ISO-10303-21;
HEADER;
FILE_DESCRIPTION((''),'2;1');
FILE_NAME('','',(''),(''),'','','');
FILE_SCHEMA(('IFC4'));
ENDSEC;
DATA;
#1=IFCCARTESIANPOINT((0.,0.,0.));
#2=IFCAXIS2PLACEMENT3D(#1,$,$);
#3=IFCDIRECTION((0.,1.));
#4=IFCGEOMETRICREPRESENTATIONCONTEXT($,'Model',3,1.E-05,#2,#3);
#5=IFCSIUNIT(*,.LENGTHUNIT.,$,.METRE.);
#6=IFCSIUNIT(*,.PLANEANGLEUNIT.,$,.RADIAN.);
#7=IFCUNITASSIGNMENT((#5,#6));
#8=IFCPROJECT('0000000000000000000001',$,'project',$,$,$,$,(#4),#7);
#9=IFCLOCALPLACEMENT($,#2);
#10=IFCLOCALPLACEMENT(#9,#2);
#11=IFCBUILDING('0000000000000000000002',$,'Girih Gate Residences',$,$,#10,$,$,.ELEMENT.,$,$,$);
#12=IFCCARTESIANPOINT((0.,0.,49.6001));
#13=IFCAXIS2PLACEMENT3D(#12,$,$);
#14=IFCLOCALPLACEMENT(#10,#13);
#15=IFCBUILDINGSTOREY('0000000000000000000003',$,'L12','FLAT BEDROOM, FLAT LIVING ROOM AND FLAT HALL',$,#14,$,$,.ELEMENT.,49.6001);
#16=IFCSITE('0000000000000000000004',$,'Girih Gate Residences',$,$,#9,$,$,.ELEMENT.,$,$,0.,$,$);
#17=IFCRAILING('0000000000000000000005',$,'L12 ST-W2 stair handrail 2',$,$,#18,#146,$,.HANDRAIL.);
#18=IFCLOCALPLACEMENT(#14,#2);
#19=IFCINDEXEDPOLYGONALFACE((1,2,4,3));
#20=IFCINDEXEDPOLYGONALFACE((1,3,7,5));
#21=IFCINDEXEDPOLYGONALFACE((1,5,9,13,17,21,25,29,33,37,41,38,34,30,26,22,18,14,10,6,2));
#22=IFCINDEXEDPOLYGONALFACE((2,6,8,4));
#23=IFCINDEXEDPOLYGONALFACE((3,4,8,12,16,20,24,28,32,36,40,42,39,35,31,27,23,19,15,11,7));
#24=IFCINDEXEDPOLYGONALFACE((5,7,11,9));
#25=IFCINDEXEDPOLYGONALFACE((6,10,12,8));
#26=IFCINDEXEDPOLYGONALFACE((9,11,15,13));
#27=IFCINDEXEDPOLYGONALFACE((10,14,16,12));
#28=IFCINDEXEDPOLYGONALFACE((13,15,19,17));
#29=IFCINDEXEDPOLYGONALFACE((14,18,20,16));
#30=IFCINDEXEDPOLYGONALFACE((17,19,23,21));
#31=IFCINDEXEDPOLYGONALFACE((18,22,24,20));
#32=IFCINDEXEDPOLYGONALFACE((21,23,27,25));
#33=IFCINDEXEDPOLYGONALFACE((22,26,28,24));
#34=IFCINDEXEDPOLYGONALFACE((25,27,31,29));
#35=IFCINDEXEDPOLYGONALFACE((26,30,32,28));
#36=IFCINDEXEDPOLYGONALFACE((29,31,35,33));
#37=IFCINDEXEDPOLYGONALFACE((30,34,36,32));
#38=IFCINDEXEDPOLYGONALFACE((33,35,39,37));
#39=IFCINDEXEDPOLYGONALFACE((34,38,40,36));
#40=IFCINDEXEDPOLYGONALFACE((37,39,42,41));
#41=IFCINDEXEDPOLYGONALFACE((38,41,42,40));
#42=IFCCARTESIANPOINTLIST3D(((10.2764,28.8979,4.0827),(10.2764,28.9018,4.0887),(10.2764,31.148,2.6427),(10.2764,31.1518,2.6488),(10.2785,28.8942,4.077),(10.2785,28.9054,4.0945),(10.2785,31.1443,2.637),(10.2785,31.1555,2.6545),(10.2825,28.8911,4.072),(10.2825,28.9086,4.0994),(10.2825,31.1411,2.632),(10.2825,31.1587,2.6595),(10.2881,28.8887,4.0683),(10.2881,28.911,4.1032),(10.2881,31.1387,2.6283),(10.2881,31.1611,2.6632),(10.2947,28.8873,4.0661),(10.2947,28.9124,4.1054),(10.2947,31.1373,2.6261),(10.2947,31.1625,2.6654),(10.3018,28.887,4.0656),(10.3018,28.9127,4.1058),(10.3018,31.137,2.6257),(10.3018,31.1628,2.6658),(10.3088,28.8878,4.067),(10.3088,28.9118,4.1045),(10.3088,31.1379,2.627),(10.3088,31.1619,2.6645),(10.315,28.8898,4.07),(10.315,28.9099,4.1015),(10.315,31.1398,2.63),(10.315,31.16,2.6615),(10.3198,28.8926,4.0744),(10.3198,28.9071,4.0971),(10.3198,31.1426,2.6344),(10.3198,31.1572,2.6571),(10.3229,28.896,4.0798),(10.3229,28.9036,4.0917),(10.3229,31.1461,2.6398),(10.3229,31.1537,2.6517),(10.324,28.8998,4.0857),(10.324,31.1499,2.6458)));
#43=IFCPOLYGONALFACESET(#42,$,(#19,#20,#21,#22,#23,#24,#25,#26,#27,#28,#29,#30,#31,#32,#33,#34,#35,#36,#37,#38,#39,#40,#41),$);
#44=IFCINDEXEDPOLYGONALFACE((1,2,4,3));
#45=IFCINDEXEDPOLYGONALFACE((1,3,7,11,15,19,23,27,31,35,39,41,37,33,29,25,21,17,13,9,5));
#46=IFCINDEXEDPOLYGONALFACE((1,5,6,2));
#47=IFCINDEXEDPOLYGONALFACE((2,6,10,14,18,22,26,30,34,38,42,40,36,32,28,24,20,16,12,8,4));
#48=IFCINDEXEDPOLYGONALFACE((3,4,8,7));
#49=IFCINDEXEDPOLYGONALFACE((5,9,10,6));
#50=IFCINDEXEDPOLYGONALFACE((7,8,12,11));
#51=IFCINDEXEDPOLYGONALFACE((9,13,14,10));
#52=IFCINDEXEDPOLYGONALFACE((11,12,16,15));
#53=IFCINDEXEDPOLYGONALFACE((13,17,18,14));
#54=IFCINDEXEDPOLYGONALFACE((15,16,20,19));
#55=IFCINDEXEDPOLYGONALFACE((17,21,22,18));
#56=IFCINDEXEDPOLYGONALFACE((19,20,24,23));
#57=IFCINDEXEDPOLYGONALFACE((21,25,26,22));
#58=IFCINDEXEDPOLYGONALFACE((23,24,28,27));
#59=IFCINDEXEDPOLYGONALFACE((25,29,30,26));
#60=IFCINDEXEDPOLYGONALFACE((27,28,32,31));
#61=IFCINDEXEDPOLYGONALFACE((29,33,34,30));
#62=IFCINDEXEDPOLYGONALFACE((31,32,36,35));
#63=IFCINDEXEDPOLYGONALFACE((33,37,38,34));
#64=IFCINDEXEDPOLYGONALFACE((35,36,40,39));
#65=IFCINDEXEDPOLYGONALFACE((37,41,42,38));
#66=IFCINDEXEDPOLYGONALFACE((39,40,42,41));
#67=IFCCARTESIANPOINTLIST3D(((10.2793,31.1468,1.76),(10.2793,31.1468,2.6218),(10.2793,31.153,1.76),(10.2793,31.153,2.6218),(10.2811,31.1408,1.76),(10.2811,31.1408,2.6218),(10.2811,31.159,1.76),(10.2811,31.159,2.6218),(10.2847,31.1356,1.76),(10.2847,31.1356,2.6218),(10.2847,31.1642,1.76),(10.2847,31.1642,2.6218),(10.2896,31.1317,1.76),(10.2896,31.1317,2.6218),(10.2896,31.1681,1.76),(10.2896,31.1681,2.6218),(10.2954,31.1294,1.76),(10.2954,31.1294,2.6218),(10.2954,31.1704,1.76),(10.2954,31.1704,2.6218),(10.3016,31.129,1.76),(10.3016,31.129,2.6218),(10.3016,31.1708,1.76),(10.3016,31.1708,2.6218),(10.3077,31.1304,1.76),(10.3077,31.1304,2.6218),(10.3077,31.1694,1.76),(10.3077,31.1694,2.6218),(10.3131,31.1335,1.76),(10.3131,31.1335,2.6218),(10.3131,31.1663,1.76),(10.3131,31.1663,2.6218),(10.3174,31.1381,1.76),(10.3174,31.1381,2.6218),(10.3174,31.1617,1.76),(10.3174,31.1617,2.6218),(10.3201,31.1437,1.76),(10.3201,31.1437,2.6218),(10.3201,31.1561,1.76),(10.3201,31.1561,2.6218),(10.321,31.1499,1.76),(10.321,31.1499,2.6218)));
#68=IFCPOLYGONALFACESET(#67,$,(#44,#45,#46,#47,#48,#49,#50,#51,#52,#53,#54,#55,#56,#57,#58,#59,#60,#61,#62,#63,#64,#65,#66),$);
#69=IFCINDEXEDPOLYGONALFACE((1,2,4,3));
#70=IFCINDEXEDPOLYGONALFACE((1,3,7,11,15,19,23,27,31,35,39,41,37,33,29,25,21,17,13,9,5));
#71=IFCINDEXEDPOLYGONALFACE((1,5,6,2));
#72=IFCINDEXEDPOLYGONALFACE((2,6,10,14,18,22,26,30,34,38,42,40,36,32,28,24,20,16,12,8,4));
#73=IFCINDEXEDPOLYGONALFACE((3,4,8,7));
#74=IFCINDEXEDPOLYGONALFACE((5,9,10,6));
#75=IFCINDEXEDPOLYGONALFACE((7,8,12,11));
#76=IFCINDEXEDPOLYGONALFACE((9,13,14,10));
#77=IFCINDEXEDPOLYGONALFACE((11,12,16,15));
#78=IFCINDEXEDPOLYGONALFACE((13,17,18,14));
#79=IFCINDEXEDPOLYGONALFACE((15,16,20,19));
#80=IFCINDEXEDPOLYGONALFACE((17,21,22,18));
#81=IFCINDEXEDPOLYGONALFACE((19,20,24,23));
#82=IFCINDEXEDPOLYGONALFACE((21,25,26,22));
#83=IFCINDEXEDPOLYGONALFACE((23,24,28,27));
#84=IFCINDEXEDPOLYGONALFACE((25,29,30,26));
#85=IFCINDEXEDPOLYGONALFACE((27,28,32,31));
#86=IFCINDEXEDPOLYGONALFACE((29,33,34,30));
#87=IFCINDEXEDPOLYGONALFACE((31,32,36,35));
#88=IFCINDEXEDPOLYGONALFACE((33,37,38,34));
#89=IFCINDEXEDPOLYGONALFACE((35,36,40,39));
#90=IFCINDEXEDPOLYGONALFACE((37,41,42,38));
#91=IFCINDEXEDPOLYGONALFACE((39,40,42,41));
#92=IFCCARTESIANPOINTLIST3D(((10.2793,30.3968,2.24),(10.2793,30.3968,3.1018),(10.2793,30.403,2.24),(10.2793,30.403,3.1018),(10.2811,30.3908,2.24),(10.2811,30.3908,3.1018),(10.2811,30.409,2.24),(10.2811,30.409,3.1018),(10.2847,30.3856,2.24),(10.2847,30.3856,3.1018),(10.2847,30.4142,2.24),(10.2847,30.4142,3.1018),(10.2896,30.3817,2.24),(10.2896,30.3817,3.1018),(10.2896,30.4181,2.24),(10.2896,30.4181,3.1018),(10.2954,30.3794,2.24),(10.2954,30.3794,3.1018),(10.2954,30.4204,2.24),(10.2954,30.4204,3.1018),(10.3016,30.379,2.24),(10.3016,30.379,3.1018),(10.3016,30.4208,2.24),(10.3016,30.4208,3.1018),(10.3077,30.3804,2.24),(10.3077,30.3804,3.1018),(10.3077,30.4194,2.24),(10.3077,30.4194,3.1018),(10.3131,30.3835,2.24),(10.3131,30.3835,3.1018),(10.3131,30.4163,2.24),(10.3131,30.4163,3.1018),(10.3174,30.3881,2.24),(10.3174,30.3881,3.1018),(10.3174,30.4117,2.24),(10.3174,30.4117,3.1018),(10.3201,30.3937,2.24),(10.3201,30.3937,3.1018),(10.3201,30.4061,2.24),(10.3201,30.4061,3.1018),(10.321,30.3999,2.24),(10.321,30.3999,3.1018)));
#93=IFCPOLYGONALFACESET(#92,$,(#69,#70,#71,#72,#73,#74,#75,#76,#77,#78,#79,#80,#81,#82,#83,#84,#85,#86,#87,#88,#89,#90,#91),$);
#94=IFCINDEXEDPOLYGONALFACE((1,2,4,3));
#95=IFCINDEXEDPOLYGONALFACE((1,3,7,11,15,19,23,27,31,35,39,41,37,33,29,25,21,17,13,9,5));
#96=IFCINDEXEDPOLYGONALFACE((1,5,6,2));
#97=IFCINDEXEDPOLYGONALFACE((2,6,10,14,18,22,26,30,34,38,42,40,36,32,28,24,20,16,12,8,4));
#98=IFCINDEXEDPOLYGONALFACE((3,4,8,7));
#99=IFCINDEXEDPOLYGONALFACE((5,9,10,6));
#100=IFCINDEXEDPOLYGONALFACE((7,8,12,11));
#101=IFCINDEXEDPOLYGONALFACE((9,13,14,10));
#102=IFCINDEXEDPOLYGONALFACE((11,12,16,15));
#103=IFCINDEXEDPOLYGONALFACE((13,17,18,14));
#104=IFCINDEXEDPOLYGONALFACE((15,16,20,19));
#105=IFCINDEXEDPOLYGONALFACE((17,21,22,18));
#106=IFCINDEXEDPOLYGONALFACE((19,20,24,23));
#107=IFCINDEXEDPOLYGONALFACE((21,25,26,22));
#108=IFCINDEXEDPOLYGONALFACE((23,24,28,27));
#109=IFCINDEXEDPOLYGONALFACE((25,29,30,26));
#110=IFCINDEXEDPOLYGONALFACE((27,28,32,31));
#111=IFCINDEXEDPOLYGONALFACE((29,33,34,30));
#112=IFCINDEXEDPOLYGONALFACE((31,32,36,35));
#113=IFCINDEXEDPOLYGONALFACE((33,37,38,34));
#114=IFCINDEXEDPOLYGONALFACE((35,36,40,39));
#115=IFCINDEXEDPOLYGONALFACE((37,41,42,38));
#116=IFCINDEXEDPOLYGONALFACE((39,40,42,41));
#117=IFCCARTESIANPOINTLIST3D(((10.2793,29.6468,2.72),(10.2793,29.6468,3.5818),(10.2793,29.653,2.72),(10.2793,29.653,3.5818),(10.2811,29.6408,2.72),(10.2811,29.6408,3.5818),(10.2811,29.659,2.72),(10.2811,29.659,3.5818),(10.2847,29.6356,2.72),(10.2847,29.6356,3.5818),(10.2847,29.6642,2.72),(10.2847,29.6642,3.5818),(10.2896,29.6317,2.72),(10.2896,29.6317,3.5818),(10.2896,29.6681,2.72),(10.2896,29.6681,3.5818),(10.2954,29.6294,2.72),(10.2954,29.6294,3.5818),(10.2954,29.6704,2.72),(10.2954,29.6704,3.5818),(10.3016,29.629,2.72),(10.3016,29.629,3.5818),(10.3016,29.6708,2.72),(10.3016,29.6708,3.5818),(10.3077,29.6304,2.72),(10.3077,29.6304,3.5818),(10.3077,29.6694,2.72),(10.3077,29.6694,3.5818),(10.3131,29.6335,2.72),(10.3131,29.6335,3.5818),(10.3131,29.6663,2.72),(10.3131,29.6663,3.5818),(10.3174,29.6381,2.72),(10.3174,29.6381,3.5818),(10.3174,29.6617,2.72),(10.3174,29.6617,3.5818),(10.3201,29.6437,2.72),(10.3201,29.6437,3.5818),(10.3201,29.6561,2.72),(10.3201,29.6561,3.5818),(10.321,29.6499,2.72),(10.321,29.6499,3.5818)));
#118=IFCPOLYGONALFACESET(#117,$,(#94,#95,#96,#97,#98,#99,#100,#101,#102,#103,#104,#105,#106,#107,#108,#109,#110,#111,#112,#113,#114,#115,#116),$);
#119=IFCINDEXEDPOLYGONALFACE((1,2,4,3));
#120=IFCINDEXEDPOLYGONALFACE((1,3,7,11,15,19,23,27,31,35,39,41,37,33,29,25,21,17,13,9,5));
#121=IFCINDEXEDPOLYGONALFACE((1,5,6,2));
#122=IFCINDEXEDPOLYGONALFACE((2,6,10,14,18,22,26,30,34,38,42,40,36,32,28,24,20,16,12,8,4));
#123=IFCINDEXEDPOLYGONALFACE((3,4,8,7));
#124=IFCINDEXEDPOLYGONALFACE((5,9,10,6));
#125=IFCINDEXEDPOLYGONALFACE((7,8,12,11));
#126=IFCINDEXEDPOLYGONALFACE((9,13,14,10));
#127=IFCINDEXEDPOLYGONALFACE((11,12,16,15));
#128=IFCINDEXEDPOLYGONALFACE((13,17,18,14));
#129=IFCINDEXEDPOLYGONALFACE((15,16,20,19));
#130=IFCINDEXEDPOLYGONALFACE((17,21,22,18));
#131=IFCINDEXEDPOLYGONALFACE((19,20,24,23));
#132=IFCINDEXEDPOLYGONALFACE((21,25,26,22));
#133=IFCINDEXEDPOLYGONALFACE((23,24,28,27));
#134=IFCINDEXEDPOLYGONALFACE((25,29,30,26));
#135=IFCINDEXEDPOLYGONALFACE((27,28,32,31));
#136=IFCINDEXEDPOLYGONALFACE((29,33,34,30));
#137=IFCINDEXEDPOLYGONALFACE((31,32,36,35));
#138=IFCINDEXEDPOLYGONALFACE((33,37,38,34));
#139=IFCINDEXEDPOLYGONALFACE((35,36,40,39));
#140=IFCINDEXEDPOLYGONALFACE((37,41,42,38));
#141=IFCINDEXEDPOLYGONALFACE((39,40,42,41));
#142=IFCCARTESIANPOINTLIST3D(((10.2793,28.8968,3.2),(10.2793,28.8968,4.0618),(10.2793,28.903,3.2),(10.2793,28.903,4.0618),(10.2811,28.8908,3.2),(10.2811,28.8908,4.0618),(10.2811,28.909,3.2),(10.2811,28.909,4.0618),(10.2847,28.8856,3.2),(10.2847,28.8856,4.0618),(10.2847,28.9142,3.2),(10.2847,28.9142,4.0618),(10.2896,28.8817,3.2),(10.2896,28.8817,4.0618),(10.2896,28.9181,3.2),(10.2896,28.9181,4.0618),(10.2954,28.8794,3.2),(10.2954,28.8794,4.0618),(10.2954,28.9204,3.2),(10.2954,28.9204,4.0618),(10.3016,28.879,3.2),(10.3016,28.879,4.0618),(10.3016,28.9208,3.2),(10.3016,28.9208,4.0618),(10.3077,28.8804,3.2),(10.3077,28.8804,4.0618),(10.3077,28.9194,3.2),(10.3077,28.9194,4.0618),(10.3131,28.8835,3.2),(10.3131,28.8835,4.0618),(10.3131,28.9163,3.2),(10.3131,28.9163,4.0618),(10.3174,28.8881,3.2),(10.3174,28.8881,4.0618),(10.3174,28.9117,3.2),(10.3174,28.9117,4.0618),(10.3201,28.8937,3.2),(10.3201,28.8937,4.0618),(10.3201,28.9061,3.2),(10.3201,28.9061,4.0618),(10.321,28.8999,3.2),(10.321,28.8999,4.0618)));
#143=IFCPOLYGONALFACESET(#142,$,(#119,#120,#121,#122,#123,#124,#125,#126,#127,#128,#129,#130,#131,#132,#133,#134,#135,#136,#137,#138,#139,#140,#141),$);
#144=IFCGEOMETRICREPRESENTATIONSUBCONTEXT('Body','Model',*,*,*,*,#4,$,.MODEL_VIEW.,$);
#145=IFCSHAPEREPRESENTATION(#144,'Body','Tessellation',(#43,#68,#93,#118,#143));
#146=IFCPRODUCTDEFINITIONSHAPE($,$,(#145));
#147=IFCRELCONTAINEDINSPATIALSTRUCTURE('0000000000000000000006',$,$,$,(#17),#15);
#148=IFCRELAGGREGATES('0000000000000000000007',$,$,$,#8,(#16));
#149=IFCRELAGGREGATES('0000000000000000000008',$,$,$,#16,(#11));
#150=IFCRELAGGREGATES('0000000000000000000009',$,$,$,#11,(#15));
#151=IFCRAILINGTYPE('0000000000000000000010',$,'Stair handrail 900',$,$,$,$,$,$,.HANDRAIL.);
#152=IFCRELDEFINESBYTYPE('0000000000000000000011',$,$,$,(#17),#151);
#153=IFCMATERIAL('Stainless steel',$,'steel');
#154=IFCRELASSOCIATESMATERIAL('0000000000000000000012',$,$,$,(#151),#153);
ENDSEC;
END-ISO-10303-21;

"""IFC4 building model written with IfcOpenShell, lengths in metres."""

from ifc_helpers import new_model, si_unit, direction, frame, origin, origin_2d, place, context, subcontext, project, spatial, circle, extrude, material, type_object, element, save


model = new_model("IFC4")

# Units and contexts
model_context = context("Model", 3, precision=1e-05, world=origin(), true_north=direction((0.0, 1.0)))
body_context = subcontext(model_context, "Body", "Model", "MODEL_VIEW")
ifc_project = project(units=[si_unit("LENGTHUNIT", "METRE"), si_unit("PLANEANGLEUNIT", "RADIAN")], contexts=[model_context])

# Site, building, storey
site_placement = place(None, origin())
site = spatial("IfcSite", under=ifc_project, at=site_placement, Name="Girih Gate Residences", CompositionType="ELEMENT", RefElevation=0.0)
building_placement = place(site_placement, origin())
building = spatial("IfcBuilding", under=site, at=building_placement, Name="Girih Gate Residences", CompositionType="ELEMENT")
storey_placement = place(building_placement, frame((0.0, 0.0, 49.6001)))
storey = spatial("IfcBuildingStorey", under=building, at=storey_placement, Name="L12", Description="FLAT BEDROOM, FLAT LIVING ROOM AND FLAT HALL", CompositionType="ELEMENT", Elevation=49.6001)

# Railing
ifc_material_1 = material(Name="Stainless steel", Category="steel")
railing_type_1 = type_object("IfcRailingType", Name="Stair handrail 900", PredefinedType="HANDRAIL", material=ifc_material_1)
railing_1_placement = place(storey_placement, frame((10.3, 31.1499, 1.76)))
element("IfcRailing", 1, at=railing_1_placement, inside=storey, type_object=railing_type_1, Name="L12 ST-W2 stair handrail 2", PredefinedType="HANDRAIL", context=body_context, shape_type="SweptSolid", body=[
    extrude(circle(Radius=0.0239, at=origin_2d()), frame((0.0, 0.0, 0.8857), z_axis=(0.0, -0.842281, 0.539038), x_axis=(1.0, 0.0, 0.0)), (0.0, 0.0, 1.0), 2.6714),
    extrude(circle(Radius=0.021, at=origin_2d()), origin(), (0.0, 0.0, 1.0), 0.8618),
    extrude(circle(Radius=0.021, at=origin_2d()), frame((0.0, -0.75, 0.48)), (0.0, 0.0, 1.0), 0.8618),
    extrude(circle(Radius=0.021, at=origin_2d()), frame((0.0, -1.5, 0.96)), (0.0, 0.0, 1.0), 0.8618),
    extrude(circle(Radius=0.021, at=origin_2d()), frame((0.0, -2.25, 1.4399)), (0.0, 0.0, 1.0), 0.8618),
])

save(model, "model.ifc")
